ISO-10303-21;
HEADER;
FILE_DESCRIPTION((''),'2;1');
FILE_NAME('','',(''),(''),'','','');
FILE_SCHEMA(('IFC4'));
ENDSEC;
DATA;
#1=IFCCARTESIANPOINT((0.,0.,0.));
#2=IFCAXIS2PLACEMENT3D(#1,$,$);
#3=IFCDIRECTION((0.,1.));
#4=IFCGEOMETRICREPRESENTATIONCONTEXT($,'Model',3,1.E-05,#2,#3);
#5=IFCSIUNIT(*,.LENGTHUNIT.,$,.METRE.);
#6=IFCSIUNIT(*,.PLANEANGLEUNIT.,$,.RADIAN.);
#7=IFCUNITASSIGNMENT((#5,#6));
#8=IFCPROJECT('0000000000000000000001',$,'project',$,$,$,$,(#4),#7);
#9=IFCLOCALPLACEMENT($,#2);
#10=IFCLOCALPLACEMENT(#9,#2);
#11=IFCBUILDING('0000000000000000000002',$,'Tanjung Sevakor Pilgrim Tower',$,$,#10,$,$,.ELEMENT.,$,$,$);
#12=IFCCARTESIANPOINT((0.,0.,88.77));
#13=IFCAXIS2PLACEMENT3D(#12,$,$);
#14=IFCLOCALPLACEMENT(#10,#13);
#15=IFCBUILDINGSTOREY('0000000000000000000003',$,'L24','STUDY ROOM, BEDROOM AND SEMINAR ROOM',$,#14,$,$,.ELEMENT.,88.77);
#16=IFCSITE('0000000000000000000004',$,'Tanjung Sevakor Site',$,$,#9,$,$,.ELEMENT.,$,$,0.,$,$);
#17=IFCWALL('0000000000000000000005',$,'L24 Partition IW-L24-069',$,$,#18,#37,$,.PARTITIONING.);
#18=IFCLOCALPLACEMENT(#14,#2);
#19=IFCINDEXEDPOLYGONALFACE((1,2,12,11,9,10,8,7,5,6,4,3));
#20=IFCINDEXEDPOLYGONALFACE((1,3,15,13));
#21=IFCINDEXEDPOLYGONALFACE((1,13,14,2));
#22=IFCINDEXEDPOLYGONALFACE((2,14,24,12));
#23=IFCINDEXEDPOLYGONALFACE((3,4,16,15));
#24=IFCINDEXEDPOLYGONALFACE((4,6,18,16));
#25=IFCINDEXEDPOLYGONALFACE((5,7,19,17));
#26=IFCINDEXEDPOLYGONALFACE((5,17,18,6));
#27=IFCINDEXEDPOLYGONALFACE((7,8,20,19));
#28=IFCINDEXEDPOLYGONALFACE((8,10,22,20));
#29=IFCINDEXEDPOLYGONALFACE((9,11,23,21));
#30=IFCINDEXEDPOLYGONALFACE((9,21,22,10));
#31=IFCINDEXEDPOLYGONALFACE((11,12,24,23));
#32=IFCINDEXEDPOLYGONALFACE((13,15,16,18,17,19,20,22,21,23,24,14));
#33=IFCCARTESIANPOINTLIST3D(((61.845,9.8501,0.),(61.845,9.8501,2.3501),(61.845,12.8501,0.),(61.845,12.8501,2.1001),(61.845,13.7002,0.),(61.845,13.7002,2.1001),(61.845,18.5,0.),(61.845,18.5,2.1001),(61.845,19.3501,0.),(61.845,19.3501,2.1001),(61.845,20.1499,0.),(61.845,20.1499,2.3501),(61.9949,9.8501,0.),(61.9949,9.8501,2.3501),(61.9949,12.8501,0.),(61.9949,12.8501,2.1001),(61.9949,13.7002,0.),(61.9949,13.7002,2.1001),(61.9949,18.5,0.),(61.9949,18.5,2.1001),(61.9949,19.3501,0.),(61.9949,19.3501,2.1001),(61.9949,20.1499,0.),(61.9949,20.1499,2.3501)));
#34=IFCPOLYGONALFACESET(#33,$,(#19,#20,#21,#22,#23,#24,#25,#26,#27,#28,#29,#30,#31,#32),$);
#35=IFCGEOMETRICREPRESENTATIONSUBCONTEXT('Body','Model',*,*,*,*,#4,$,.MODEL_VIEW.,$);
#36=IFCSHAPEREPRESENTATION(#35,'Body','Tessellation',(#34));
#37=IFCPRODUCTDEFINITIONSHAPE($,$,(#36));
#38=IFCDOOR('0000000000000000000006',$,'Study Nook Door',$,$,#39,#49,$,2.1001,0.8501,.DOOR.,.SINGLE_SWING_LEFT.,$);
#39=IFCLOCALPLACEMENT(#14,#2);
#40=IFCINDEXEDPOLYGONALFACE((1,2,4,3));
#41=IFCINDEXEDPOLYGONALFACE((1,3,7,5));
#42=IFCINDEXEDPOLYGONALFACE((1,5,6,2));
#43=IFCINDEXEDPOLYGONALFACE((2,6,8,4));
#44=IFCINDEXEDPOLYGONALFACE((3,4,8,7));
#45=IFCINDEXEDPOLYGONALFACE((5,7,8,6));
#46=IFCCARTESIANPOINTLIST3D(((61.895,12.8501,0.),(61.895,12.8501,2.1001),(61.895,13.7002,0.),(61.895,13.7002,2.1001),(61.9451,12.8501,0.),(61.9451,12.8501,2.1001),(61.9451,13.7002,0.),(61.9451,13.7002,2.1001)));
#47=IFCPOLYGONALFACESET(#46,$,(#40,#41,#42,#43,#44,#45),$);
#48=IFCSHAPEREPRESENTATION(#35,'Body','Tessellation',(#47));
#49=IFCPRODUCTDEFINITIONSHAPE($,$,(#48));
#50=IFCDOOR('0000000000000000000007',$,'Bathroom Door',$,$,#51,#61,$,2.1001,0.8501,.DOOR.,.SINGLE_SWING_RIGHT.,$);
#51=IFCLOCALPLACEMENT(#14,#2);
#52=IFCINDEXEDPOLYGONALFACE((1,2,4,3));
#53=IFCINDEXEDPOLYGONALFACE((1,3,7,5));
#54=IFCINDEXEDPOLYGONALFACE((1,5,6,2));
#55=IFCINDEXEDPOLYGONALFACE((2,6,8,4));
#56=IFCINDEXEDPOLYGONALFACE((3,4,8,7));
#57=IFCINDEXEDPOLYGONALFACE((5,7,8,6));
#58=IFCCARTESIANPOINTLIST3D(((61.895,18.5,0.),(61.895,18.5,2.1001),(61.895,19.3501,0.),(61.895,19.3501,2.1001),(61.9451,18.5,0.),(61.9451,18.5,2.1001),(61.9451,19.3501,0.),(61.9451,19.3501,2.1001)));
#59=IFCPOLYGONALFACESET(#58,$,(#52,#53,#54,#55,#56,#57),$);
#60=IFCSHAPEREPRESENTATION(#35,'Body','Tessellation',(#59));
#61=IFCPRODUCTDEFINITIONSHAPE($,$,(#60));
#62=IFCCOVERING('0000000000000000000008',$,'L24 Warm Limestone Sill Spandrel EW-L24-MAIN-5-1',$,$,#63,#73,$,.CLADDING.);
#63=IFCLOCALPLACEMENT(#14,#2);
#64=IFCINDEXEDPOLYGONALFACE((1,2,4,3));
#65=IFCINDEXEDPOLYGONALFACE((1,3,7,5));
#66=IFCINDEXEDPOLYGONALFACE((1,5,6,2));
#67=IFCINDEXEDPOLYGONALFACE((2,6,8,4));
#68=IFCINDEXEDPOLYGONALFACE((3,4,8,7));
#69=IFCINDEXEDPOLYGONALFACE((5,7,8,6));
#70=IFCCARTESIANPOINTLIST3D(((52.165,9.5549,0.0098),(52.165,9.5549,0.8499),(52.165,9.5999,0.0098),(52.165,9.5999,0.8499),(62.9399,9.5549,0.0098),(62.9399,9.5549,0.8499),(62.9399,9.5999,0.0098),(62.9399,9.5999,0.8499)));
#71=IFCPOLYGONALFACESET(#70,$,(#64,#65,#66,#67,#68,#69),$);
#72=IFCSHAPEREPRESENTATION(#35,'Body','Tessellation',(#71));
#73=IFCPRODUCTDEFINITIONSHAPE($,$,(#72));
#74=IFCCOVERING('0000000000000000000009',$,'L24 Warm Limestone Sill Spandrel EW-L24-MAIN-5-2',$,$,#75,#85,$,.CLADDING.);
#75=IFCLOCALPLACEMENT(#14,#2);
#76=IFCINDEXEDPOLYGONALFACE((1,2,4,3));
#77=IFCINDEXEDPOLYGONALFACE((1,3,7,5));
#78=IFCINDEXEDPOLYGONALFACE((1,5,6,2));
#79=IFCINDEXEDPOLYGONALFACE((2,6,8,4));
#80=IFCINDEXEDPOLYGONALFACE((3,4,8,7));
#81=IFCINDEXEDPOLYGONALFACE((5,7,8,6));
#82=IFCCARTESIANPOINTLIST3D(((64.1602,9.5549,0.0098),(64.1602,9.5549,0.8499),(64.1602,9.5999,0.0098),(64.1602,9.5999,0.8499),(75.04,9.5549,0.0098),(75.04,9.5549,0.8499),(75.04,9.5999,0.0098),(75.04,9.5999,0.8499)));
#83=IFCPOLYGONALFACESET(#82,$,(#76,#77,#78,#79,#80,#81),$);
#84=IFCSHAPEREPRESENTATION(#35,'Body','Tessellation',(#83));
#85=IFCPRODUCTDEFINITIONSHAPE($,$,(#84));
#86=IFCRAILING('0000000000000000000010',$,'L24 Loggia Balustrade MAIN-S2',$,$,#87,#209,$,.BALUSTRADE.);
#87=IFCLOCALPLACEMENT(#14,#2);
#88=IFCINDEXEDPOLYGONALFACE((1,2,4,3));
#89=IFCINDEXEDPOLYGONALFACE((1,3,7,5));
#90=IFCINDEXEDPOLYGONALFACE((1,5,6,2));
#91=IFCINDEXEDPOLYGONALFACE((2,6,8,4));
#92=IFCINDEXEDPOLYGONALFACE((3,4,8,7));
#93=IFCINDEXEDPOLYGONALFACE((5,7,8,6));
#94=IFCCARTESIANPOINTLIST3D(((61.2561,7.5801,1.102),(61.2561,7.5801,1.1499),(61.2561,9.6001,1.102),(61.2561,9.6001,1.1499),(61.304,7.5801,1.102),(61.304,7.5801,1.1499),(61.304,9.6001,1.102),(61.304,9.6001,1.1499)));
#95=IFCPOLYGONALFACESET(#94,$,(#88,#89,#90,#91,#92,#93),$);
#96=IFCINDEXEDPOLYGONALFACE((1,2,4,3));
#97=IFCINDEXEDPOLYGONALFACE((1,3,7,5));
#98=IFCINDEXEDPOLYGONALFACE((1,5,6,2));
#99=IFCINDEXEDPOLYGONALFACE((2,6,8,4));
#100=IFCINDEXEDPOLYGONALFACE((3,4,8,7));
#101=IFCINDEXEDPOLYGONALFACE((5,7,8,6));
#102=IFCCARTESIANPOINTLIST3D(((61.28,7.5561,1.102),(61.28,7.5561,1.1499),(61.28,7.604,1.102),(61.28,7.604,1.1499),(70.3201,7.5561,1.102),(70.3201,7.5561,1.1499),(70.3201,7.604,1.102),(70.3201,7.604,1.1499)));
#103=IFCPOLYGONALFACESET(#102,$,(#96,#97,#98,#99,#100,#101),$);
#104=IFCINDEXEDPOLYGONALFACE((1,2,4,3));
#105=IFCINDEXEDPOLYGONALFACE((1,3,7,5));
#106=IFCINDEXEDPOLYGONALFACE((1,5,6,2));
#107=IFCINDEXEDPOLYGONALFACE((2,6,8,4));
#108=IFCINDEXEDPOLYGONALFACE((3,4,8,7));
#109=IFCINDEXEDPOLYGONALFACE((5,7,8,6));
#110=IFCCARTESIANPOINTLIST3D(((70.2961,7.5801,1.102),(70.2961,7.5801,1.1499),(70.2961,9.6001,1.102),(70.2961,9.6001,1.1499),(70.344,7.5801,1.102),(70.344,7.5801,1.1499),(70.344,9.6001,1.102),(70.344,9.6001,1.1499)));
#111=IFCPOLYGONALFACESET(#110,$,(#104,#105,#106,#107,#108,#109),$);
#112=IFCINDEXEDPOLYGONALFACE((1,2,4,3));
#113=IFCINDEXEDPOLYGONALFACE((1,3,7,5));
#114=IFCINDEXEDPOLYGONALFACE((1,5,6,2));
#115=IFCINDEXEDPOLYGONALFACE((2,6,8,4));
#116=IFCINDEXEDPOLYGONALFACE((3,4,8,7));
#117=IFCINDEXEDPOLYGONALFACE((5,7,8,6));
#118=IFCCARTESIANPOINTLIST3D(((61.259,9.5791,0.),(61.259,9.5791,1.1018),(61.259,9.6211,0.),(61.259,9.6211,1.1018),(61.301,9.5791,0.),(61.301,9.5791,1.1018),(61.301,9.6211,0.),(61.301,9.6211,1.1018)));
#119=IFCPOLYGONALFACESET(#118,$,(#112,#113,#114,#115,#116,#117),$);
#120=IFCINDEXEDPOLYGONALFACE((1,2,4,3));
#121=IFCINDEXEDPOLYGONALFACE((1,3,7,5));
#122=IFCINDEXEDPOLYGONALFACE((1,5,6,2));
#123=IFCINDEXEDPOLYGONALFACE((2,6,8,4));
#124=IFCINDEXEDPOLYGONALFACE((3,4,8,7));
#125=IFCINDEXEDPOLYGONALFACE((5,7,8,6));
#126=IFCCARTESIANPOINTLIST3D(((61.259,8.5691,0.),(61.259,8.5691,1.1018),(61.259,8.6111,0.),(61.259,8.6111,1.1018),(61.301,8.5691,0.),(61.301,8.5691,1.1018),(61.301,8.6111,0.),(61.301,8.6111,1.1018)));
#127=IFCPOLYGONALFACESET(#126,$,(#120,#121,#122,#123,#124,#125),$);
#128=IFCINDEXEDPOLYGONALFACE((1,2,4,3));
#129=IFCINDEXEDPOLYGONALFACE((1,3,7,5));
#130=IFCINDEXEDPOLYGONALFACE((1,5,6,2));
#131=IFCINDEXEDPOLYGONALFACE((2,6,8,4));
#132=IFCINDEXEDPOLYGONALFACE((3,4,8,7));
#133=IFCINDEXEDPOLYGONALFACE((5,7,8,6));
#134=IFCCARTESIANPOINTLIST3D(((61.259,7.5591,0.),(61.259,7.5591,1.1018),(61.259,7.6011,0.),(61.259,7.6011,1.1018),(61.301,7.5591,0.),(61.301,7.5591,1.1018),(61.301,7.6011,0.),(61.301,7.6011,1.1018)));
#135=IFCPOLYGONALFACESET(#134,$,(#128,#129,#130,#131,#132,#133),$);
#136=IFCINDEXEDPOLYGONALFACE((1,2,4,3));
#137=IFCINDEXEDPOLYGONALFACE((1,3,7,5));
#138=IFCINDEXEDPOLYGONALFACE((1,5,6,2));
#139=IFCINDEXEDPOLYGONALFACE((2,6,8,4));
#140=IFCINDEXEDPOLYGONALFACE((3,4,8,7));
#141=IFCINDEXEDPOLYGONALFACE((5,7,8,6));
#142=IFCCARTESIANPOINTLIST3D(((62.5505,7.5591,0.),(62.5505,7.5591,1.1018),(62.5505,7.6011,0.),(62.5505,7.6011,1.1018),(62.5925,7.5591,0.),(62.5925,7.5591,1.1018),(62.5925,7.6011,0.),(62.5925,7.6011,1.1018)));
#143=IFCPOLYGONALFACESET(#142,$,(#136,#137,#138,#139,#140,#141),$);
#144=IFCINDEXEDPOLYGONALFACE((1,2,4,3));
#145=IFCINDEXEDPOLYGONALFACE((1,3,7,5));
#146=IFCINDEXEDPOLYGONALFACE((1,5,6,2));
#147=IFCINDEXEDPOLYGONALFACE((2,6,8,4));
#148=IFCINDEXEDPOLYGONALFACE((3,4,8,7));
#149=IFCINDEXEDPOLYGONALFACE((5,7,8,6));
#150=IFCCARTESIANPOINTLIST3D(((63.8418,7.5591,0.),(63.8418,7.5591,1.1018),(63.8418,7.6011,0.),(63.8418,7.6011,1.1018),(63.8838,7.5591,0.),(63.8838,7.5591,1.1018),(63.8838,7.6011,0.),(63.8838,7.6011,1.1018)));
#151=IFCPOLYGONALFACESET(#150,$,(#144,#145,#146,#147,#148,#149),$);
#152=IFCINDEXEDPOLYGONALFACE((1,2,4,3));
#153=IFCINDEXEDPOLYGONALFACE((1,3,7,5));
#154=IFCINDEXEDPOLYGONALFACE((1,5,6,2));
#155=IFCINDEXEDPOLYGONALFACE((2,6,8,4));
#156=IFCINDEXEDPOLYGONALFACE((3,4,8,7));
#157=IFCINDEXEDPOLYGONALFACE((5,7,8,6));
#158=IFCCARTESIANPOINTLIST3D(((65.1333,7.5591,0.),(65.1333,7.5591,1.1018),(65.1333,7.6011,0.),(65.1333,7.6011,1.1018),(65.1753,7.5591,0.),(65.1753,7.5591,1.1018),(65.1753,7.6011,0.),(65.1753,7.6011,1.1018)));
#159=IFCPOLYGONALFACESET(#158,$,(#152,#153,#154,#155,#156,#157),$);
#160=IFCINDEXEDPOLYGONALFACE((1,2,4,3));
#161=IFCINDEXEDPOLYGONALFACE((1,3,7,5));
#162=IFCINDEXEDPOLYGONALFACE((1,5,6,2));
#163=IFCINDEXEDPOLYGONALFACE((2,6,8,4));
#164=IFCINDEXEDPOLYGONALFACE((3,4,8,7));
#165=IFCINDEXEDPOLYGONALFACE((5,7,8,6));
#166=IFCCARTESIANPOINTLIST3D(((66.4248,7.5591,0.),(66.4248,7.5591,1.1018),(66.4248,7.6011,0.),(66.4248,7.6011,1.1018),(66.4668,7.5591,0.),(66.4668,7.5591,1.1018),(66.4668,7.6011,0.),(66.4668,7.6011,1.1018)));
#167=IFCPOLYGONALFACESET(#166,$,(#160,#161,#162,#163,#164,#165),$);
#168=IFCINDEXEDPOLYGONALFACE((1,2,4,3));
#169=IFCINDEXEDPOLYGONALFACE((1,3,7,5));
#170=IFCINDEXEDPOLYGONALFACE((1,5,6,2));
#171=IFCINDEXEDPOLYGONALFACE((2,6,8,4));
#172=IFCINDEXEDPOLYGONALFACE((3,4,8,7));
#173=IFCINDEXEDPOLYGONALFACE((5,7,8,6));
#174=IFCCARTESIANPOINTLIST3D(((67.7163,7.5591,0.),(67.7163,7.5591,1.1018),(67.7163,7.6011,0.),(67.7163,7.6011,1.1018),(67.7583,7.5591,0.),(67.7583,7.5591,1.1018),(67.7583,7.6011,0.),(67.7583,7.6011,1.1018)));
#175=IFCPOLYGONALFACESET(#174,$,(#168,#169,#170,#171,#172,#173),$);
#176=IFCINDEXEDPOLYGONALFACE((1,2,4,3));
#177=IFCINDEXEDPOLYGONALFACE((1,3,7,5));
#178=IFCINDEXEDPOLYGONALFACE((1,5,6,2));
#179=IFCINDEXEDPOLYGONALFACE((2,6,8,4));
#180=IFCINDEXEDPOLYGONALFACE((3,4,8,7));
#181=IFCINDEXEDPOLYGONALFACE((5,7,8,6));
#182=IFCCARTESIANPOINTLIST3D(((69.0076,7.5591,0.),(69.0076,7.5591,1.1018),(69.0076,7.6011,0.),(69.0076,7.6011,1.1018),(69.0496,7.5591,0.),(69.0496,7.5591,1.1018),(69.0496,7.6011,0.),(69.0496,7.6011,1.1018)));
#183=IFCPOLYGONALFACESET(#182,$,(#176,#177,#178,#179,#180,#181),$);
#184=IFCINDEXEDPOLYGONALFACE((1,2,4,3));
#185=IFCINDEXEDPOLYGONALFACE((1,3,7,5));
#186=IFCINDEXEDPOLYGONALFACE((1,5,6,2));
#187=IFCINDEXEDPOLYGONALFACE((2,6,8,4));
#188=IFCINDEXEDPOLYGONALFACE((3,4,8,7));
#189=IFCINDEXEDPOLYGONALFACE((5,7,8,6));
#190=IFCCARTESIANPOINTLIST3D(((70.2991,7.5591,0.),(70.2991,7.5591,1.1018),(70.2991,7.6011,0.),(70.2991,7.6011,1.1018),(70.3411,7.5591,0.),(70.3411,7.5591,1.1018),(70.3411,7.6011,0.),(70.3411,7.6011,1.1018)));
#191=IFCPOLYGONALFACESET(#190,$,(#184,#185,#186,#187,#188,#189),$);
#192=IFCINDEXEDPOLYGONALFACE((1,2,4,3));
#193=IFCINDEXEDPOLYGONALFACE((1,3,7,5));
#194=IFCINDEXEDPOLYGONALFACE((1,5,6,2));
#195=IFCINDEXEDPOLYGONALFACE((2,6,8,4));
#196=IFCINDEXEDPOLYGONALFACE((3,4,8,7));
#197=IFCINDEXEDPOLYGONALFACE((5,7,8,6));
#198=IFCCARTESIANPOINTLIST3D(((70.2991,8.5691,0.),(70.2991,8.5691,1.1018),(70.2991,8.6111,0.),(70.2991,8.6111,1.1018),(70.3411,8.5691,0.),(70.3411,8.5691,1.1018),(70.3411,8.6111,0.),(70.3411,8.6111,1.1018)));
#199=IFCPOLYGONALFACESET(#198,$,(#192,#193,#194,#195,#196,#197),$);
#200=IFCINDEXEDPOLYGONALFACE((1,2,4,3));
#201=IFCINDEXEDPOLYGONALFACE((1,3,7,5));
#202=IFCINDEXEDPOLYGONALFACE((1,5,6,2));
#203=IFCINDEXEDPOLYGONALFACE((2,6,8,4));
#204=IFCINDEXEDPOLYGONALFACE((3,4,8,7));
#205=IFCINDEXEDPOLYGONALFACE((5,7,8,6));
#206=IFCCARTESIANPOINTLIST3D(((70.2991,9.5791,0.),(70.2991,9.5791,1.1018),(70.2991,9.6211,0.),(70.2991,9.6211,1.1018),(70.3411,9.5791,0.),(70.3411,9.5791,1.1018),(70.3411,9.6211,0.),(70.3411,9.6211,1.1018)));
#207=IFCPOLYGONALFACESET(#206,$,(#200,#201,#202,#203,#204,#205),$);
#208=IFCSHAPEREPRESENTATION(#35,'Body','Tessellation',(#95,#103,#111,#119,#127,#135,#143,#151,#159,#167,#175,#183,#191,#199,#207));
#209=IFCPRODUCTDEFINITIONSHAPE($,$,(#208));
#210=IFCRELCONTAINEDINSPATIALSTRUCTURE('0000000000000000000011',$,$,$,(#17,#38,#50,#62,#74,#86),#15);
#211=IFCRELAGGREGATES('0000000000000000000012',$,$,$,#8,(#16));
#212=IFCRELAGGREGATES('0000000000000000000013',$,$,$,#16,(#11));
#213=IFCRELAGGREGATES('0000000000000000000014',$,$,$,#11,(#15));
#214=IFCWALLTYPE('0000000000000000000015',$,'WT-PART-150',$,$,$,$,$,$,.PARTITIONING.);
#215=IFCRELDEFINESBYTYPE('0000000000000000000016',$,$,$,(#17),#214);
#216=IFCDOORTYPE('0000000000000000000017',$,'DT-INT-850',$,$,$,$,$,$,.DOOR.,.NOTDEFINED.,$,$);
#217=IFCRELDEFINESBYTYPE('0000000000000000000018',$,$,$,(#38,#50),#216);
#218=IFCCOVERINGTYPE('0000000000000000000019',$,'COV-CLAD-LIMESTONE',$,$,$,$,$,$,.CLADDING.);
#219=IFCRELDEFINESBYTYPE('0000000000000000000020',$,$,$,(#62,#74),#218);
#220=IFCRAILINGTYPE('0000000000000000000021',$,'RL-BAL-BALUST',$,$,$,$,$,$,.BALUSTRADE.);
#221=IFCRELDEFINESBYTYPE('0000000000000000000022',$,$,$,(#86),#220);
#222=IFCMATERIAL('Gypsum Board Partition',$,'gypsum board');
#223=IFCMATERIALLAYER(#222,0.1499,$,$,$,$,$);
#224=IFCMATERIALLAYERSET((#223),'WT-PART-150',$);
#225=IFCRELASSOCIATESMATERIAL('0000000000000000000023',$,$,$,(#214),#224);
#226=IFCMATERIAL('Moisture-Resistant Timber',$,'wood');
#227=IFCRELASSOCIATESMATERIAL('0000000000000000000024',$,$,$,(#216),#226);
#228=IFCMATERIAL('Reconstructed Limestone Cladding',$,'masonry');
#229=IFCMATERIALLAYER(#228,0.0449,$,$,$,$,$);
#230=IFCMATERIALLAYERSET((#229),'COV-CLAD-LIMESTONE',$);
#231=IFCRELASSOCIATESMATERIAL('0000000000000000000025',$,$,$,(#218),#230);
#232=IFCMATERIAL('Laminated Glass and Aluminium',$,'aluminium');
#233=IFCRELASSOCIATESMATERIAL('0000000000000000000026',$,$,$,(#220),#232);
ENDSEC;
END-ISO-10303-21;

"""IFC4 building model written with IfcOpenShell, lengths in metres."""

from ifc_helpers import new_model, si_unit, direction, frame, frame_2d, origin, origin_2d, place, context, subcontext, project, spatial, rectangle, extrude, material, layer, layer_set, type_object, element, fill, save


model = new_model("IFC4")

# Units and contexts
model_context = context("Model", 3, precision=1e-05, world=origin(), true_north=direction((0.0, 1.0)))
body_context = subcontext(model_context, "Body", "Model", "MODEL_VIEW")
ifc_project = project(units=[si_unit("LENGTHUNIT", "METRE"), si_unit("PLANEANGLEUNIT", "RADIAN")], contexts=[model_context])

# Site, building, storey
site_placement = place(None, origin())
site = spatial("IfcSite", under=ifc_project, at=site_placement, Name="Tanjung Sevakor Site", CompositionType="ELEMENT", RefElevation=0.0)
building_placement = place(site_placement, origin())
building = spatial("IfcBuilding", under=site, at=building_placement, Name="Tanjung Sevakor Pilgrim Tower", CompositionType="ELEMENT")
storey_placement = place(building_placement, frame((0.0, 0.0, 88.77)))
storey = spatial("IfcBuildingStorey", under=building, at=storey_placement, Name="L24", Description="STUDY ROOM, BEDROOM AND SEMINAR ROOM", CompositionType="ELEMENT", Elevation=88.77)

# Wall, openings, doors
ifc_material_1 = material(Name="Gypsum Board Partition", Category="gypsum board")
ifc_layer_1 = layer(ifc_material_1, 0.1499)
ifc_layer_set_1 = layer_set([ifc_layer_1], Name="WT-PART-150")
wall_type_1 = type_object("IfcWallType", Name="WT-PART-150", PredefinedType="PARTITIONING", material=ifc_layer_set_1)
wall_placement = place(storey_placement, frame((61.9199, 9.8501, 0.0), z_axis=(0.0, 0.0, 1.0), x_axis=(0.0, 1.0, 0.0)))
wall = element("IfcWall", 1, at=wall_placement, inside=storey, type_object=wall_type_1, Name="L24 Partition IW-L24-069", PredefinedType="PARTITIONING", context=body_context, shape_type="SweptSolid", body=[
    extrude(rectangle(XDim=10.2998, YDim=0.1499, at=frame_2d((5.1499, 0.0))), origin(), (0.0, 0.0, 1.0), 2.3501),
])
opening_1_placement = place(wall_placement, frame((3.0, 0.0, 0.0)))
opening_1 = element("IfcOpeningElement", 2, at=opening_1_placement, cuts=wall, PredefinedType="OPENING", context=body_context, shape_type="SweptSolid", body=[
    extrude(rectangle(XDim=0.8501, YDim=2.1001, at=frame_2d((0.425, 1.05))), frame((0.0, 0.085, 0.0), z_axis=(0.0, -1.0, 0.0), x_axis=(1.0, 0.0, 0.0)), (0.0, 0.0, 1.0), 0.1699),
])
opening_2_placement = place(wall_placement, frame((8.6499, 0.0, 0.0)))
opening_2 = element("IfcOpeningElement", 3, at=opening_2_placement, cuts=wall, PredefinedType="OPENING", context=body_context, shape_type="SweptSolid", body=[
    extrude(rectangle(XDim=0.8501, YDim=2.1001, at=frame_2d((0.425, 1.05))), frame((0.0, 0.085, 0.0), z_axis=(0.0, -1.0, 0.0), x_axis=(1.0, 0.0, 0.0)), (0.0, 0.0, 1.0), 0.1699),
])
ifc_material_2 = material(Name="Moisture-Resistant Timber", Category="wood")
door_type = type_object("IfcDoorType", Name="DT-INT-850", OperationType="NOTDEFINED", PredefinedType="DOOR", material=ifc_material_2)
door_1_placement = place(opening_1_placement, origin())
door_1 = element("IfcDoor", 4, at=door_1_placement, inside=storey, type_object=door_type, Name="Study Nook Door", OperationType="SINGLE_SWING_LEFT", OverallHeight=2.1001, OverallWidth=0.8501, PredefinedType="DOOR", context=body_context, shape_type="SweptSolid", body=[
    extrude(rectangle(XDim=0.8501, YDim=2.1001, at=frame_2d((0.425, 1.05))), frame((0.0, 0.0249, 0.0), z_axis=(0.0, -1.0, 0.0), x_axis=(1.0, 0.0, 0.0)), (0.0, 0.0, 1.0), 0.05),
])
fill(opening_1, door_1)
door_2_placement = place(opening_2_placement, origin())
door_2 = element("IfcDoor", 5, at=door_2_placement, inside=storey, type_object=door_type, Name="Bathroom Door", OperationType="SINGLE_SWING_RIGHT", OverallHeight=2.1001, OverallWidth=0.8501, PredefinedType="DOOR", context=body_context, shape_type="SweptSolid", body=[
    extrude(rectangle(XDim=0.8501, YDim=2.1001, at=frame_2d((0.425, 1.05))), frame((0.0, 0.0249, 0.0), z_axis=(0.0, -1.0, 0.0), x_axis=(1.0, 0.0, 0.0)), (0.0, 0.0, 1.0), 0.05),
])
fill(opening_2, door_2)

# Coverings
ifc_material_3 = material(Name="Reconstructed Limestone Cladding", Category="masonry")
ifc_layer_2 = layer(ifc_material_3, 0.0449)
ifc_layer_set_2 = layer_set([ifc_layer_2], Name="COV-CLAD-LIMESTONE")
covering_type = type_object("IfcCoveringType", Name="COV-CLAD-LIMESTONE", PredefinedType="CLADDING", material=ifc_layer_set_2)
covering_1_placement = place(storey_placement, frame((57.5525, 9.5774, 0.0098), z_axis=(0.0, 0.0, 1.0), x_axis=(1.0, 0.0, 0.0)))
element("IfcCovering", 6, at=covering_1_placement, inside=storey, type_object=covering_type, Name="L24 Warm Limestone Sill Spandrel EW-L24-MAIN-5-1", PredefinedType="CLADDING", context=body_context, shape_type="SweptSolid", body=[
    extrude(rectangle(XDim=10.7749, YDim=0.0449, at=origin_2d()), origin(), (0.0, 0.0, 1.0), 0.8401),
])
covering_2_placement = place(storey_placement, frame((69.6001, 9.5774, 0.0098), z_axis=(0.0, 0.0, 1.0), x_axis=(1.0, 0.0, 0.0)))
element("IfcCovering", 7, at=covering_2_placement, inside=storey, type_object=covering_type, Name="L24 Warm Limestone Sill Spandrel EW-L24-MAIN-5-2", PredefinedType="CLADDING", context=body_context, shape_type="SweptSolid", body=[
    extrude(rectangle(XDim=10.8799, YDim=0.0449, at=origin_2d()), origin(), (0.0, 0.0, 1.0), 0.8401),
])

# Railing
ifc_material_4 = material(Name="Laminated Glass and Aluminium", Category="aluminium")
railing_type = type_object("IfcRailingType", Name="RL-BAL-BALUST", PredefinedType="BALUSTRADE", material=ifc_material_4)
railing_1_placement = place(storey_placement, frame((61.28, 9.6001, 0.0)))
element("IfcRailing", 8, at=railing_1_placement, inside=storey, type_object=railing_type, Name="L24 Loggia Balustrade MAIN-S2", PredefinedType="BALUSTRADE", context=body_context, shape_type="SweptSolid", body=[
    extrude(rectangle(XDim=0.0479, YDim=0.0479), frame((0.0, 0.0, 1.126), z_axis=(0.0, -1.0, 0.0), x_axis=(1.0, 0.0, 0.0)), (0.0, 0.0, 1.0), 2.02),
    extrude(rectangle(XDim=0.0479, YDim=0.0479), frame((0.0, -2.02, 1.126), z_axis=(1.0, 0.0, 0.0), x_axis=(0.0, 1.0, 0.0)), (0.0, 0.0, 1.0), 9.04),
    extrude(rectangle(XDim=0.0479, YDim=0.0479), frame((9.04, -2.02, 1.126), z_axis=(0.0, 1.0, 0.0), x_axis=(-1.0, 0.0, 0.0)), (0.0, 0.0, 1.0), 2.02),
    extrude(rectangle(XDim=0.042, YDim=0.042), origin(), (0.0, 0.0, 1.0), 1.1018),
    extrude(rectangle(XDim=0.042, YDim=0.042), frame((0.0, -1.01, 0.0)), (0.0, 0.0, 1.0), 1.1018),
    extrude(rectangle(XDim=0.042, YDim=0.042), frame((0.0, -2.02, 0.0)), (0.0, 0.0, 1.0), 1.1018),
    extrude(rectangle(XDim=0.042, YDim=0.042), frame((1.2915, -2.02, 0.0)), (0.0, 0.0, 1.0), 1.1018),
    extrude(rectangle(XDim=0.042, YDim=0.042), frame((2.5828, -2.02, 0.0)), (0.0, 0.0, 1.0), 1.1018),
    extrude(rectangle(XDim=0.042, YDim=0.042), frame((3.8743, -2.02, 0.0)), (0.0, 0.0, 1.0), 1.1018),
    extrude(rectangle(XDim=0.042, YDim=0.042), frame((5.1658, -2.02, 0.0)), (0.0, 0.0, 1.0), 1.1018),
    extrude(rectangle(XDim=0.042, YDim=0.042), frame((6.4573, -2.02, 0.0)), (0.0, 0.0, 1.0), 1.1018),
    extrude(rectangle(XDim=0.042, YDim=0.042), frame((7.7485, -2.02, 0.0)), (0.0, 0.0, 1.0), 1.1018),
    extrude(rectangle(XDim=0.042, YDim=0.042), frame((9.04, -2.02, 0.0)), (0.0, 0.0, 1.0), 1.1018),
    extrude(rectangle(XDim=0.042, YDim=0.042), frame((9.04, -1.01, 0.0)), (0.0, 0.0, 1.0), 1.1018),
    extrude(rectangle(XDim=0.042, YDim=0.042), frame((9.04, 0.0, 0.0)), (0.0, 0.0, 1.0), 1.1018),
])

save(model, "model.ifc")
